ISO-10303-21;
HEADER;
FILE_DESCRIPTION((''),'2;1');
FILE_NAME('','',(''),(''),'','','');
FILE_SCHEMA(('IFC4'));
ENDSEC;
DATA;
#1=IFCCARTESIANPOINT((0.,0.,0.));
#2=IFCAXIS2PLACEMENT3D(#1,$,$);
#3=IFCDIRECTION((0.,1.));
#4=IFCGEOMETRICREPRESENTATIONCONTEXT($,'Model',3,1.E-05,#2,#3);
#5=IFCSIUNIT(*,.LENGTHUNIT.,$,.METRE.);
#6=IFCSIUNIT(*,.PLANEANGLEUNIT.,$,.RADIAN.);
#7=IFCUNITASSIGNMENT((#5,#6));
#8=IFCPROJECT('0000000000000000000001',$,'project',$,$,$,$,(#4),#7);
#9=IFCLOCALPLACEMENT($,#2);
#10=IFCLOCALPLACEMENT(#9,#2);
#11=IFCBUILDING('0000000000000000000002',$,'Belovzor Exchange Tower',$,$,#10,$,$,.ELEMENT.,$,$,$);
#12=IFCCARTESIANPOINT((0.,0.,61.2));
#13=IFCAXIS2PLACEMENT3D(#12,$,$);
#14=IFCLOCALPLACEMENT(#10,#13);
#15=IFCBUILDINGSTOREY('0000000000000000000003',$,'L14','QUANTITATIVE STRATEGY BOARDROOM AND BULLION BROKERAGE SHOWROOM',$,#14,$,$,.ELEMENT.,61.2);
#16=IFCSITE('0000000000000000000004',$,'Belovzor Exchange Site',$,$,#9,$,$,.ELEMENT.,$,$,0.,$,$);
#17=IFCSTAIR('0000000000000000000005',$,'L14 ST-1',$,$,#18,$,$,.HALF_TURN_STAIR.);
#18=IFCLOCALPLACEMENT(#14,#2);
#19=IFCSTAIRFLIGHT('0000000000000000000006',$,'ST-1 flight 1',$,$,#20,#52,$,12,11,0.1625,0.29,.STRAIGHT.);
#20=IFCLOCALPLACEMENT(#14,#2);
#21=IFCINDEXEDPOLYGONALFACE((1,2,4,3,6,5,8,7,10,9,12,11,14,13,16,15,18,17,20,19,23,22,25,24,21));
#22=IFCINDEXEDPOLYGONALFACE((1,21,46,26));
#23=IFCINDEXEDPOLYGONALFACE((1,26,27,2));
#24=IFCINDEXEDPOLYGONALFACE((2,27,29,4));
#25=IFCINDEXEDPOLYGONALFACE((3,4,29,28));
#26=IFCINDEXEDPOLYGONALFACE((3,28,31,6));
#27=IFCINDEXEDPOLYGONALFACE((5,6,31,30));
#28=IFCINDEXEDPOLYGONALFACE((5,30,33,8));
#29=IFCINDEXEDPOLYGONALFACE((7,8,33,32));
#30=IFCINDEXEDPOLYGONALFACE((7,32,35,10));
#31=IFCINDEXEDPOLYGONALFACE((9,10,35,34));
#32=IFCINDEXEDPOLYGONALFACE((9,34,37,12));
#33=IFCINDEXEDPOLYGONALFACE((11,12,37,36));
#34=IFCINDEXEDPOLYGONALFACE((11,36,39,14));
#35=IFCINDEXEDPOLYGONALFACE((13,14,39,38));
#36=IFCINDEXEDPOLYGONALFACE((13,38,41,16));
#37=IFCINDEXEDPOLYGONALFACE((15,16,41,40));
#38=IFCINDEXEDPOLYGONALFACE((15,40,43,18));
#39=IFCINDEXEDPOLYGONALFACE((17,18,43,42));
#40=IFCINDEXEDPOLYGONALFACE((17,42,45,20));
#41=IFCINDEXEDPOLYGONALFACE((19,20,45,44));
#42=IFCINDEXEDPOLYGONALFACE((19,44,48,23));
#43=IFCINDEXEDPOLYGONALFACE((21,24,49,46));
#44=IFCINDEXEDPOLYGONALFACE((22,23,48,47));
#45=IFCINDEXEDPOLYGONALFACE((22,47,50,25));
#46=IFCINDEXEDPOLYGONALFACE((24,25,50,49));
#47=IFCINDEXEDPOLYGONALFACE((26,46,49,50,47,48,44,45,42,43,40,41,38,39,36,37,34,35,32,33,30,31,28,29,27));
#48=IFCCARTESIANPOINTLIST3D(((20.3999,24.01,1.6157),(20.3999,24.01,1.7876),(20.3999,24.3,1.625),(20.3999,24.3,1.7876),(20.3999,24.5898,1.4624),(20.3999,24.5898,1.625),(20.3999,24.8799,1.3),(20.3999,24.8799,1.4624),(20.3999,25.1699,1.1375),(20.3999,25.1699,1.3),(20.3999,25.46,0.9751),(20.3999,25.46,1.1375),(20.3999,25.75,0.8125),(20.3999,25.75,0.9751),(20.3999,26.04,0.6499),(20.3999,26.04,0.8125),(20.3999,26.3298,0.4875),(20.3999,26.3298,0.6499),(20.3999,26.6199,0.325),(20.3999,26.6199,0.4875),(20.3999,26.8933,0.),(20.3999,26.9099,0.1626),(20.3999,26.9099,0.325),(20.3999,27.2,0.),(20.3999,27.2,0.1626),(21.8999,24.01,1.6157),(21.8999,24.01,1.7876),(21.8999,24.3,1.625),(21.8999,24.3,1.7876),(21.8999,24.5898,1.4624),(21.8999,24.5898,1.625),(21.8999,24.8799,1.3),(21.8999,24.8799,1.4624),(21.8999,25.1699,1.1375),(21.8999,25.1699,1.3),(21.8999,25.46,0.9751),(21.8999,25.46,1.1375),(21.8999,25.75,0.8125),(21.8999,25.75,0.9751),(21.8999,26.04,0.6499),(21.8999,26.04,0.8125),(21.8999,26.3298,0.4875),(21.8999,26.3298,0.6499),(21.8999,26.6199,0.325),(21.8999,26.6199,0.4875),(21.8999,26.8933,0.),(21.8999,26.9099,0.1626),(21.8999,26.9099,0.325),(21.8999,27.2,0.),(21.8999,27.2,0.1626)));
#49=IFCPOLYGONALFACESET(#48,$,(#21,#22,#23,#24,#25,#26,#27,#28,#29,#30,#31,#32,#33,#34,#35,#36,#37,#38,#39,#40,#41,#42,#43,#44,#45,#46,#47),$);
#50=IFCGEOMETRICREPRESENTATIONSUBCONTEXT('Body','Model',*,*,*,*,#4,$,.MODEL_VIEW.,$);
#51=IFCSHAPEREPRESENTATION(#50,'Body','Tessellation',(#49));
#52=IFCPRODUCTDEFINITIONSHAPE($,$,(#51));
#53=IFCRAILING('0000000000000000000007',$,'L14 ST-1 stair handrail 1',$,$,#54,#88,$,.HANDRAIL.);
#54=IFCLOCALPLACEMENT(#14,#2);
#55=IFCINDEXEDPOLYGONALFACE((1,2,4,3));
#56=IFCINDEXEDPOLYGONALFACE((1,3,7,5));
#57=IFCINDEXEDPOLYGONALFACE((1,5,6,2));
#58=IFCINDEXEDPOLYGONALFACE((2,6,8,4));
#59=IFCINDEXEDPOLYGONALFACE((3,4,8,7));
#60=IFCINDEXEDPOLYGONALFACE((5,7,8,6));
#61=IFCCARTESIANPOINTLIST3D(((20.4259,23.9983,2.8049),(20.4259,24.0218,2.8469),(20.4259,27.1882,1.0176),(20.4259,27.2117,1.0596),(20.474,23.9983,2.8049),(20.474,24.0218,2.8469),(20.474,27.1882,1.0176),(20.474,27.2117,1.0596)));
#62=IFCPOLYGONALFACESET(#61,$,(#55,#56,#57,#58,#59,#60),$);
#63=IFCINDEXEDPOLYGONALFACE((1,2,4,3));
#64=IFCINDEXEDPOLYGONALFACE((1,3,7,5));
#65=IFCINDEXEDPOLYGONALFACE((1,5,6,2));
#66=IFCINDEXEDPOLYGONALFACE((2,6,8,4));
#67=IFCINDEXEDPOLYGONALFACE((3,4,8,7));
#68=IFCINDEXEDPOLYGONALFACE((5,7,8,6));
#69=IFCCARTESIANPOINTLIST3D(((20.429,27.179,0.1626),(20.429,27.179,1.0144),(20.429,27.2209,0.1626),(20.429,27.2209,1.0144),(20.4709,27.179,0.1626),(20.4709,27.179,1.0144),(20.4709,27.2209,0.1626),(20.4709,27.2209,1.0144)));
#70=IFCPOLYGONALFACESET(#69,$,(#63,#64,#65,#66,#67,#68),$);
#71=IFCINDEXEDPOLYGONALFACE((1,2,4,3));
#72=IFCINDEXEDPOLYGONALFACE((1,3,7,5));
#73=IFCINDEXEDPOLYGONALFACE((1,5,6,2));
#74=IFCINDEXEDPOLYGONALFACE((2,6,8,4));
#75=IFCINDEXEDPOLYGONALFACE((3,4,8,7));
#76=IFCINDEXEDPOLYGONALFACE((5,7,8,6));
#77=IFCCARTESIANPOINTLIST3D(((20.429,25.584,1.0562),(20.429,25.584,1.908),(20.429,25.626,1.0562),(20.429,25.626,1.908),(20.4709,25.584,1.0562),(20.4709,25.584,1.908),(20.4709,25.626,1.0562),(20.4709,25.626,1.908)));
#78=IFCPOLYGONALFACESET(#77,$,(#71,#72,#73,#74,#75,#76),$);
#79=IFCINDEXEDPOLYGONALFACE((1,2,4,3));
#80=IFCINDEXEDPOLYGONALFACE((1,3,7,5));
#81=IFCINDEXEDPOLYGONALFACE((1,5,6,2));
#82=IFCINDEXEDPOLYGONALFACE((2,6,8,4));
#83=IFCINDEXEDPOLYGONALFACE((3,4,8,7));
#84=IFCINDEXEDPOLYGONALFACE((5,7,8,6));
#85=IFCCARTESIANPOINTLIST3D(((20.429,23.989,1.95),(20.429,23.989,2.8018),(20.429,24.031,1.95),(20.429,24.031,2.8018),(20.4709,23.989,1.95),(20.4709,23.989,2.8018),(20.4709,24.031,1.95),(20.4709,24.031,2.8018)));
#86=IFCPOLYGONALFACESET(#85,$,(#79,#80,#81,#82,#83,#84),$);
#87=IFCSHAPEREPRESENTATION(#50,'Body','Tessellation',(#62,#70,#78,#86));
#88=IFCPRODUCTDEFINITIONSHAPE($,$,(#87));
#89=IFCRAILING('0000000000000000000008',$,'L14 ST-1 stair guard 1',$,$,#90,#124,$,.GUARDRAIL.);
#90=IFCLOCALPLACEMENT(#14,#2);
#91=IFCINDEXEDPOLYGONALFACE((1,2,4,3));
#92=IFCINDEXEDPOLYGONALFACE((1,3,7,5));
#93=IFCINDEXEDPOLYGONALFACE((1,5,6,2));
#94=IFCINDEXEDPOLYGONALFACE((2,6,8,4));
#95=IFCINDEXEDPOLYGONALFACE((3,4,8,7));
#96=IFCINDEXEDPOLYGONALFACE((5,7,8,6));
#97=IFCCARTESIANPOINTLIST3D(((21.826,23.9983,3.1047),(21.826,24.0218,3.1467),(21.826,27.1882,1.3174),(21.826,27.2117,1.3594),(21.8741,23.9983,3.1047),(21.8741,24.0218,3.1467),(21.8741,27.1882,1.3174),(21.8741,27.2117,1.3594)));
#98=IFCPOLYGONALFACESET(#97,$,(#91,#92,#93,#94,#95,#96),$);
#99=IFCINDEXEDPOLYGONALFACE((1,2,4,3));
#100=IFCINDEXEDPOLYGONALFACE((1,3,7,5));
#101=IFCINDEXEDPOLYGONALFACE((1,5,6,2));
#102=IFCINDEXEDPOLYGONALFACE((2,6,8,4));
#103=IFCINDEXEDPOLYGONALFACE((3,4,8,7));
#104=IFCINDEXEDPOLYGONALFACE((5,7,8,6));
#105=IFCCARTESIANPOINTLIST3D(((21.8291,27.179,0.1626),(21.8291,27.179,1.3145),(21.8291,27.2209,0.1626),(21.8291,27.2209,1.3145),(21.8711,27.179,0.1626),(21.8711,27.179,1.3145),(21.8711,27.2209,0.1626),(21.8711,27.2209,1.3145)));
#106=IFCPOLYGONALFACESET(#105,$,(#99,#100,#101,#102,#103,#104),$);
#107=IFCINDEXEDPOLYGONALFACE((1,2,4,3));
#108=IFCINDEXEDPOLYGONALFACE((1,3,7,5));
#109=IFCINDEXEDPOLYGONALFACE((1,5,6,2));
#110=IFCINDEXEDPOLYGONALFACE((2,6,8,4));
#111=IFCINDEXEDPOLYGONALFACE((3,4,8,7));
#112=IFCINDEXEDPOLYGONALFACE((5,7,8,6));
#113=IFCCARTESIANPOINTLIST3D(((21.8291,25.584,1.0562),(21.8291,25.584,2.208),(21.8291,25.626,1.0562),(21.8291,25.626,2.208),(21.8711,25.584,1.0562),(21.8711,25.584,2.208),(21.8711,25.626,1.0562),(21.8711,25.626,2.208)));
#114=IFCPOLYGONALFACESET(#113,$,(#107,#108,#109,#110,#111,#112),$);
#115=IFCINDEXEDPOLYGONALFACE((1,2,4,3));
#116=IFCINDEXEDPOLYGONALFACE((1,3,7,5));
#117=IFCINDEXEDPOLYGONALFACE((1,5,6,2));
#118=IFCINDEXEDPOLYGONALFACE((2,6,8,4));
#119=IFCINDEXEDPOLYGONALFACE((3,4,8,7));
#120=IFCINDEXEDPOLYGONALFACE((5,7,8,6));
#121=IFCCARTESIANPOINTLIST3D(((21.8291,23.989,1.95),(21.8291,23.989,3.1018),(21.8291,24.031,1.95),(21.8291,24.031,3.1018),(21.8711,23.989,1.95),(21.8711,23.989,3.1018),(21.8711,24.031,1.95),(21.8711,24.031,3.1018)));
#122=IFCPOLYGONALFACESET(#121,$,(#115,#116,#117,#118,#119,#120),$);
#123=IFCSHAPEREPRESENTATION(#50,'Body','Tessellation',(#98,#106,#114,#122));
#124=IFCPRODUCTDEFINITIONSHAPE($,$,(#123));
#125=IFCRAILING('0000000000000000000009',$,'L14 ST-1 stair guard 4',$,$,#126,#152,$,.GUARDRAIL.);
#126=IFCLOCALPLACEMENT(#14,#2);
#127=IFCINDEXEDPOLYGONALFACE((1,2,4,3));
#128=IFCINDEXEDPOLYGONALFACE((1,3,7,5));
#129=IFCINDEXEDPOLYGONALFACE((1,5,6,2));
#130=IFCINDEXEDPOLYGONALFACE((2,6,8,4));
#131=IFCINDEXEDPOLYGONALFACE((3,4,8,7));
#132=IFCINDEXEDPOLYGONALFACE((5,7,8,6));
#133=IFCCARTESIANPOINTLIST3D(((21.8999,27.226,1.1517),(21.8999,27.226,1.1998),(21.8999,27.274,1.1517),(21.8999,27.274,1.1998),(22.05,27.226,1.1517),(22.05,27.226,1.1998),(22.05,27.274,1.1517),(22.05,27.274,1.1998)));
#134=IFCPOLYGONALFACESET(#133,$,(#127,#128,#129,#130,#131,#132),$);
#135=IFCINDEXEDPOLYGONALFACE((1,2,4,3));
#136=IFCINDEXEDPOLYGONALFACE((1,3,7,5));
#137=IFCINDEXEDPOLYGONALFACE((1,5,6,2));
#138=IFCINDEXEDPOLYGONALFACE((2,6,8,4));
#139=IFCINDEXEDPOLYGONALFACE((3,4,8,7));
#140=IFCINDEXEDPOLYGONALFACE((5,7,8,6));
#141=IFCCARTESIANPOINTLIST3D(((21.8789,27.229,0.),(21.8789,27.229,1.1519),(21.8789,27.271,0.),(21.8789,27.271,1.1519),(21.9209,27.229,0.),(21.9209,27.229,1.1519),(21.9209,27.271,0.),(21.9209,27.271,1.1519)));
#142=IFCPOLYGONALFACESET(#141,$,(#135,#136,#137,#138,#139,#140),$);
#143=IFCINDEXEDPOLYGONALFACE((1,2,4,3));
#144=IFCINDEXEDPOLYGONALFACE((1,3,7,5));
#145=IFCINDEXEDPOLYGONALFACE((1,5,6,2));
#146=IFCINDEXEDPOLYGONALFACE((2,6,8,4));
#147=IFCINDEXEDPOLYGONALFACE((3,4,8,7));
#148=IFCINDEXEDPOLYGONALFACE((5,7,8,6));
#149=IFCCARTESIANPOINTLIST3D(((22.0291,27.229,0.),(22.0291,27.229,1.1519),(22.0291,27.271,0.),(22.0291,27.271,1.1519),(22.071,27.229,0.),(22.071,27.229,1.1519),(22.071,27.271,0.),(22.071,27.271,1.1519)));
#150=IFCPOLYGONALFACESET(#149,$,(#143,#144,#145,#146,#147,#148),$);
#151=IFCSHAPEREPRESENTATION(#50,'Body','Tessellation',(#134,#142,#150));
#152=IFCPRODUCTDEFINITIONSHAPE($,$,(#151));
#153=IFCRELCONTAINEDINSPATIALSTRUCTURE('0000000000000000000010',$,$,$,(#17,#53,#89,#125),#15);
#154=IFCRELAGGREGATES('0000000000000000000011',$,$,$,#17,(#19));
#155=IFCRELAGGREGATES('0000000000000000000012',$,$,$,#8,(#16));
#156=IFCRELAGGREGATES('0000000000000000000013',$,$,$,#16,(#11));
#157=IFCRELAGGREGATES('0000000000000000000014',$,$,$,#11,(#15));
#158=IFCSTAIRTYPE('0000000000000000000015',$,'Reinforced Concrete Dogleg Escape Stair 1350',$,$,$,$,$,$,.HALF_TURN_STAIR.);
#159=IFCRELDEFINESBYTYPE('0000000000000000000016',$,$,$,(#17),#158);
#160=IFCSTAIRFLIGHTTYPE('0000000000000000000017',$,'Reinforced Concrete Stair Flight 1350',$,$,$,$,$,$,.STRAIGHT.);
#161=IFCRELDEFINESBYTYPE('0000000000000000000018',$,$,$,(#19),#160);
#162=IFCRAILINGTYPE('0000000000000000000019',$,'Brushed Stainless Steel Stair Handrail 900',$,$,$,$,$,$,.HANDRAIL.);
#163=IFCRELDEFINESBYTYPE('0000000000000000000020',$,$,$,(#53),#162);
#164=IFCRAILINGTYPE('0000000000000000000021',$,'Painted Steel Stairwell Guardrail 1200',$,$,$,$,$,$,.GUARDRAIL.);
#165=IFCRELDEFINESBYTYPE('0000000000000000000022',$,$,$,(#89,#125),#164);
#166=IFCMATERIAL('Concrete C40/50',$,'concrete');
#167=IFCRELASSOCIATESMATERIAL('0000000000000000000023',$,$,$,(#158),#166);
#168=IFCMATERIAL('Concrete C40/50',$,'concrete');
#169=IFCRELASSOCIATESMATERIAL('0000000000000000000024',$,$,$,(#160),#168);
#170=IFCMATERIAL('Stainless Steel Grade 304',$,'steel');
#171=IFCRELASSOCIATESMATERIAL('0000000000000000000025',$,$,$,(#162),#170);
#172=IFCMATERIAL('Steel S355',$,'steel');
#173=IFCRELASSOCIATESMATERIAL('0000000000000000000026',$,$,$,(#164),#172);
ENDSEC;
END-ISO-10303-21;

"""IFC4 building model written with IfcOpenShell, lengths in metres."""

from ifc_helpers import new_model, si_unit, direction, frame, origin, origin_2d, place, context, subcontext, project, spatial, polyline, rectangle, outline, extrude, material, type_object, element, aggregate, save


model = new_model("IFC4")

# Units and contexts
model_context = context("Model", 3, precision=1e-05, world=origin(), true_north=direction((0.0, 1.0)))
body_context = subcontext(model_context, "Body", "Model", "MODEL_VIEW")
ifc_project = project(units=[si_unit("LENGTHUNIT", "METRE"), si_unit("PLANEANGLEUNIT", "RADIAN")], contexts=[model_context])

# Site, building, storey
site_placement = place(None, origin())
site = spatial("IfcSite", under=ifc_project, at=site_placement, Name="Belovzor Exchange Site", CompositionType="ELEMENT", RefElevation=0.0)
building_placement = place(site_placement, origin())
building = spatial("IfcBuilding", under=site, at=building_placement, Name="Belovzor Exchange Tower", CompositionType="ELEMENT")
storey_placement = place(building_placement, frame((0.0, 0.0, 61.2)))
storey = spatial("IfcBuildingStorey", under=building, at=storey_placement, Name="L14", Description="QUANTITATIVE STRATEGY BOARDROOM AND BULLION BROKERAGE SHOWROOM", CompositionType="ELEMENT", Elevation=61.2)

# Stair, stair flight
ifc_material_1 = material(Name="Concrete C40/50", Category="concrete")
stair_type = type_object("IfcStairType", Name="Reinforced Concrete Dogleg Escape Stair 1350", PredefinedType="HALF_TURN_STAIR", material=ifc_material_1)
stair_placement = place(storey_placement, origin())
stair = element("IfcStair", 1, at=stair_placement, inside=storey, type_object=stair_type, Name="L14 ST-1", PredefinedType="HALF_TURN_STAIR")
ifc_material_2 = material(Name="Concrete C40/50", Category="concrete")
stair_flight_type = type_object("IfcStairFlightType", Name="Reinforced Concrete Stair Flight 1350", PredefinedType="STRAIGHT", material=ifc_material_2)
stair_flight_placement = place(storey_placement, frame((21.1499, 27.2, 0.0), z_axis=(0.0, 0.0, 1.0), x_axis=(0.0, -1.0, 0.0)))
stair_flight = element("IfcStairFlight", 2, at=stair_flight_placement, type_object=stair_flight_type, Name="ST-1 flight 1", NumberOfRisers=12, NumberOfTreads=11, PredefinedType="STRAIGHT", RiserHeight=0.1625, TreadLength=0.29, context=body_context, shape_type="SweptSolid", body=[
    extrude(outline(polyline([(0.0, 0.0), (0.0, 0.1626), (0.29, 0.1626), (0.29, 0.325), (0.5801, 0.325), (0.5801, 0.4875), (0.8701, 0.4875), (0.8701, 0.6499), (1.1599, 0.6499), (1.1599, 0.8125), (1.45, 0.8125), (1.45, 0.9751), (1.74, 0.9751), (1.74, 1.1375), (2.03, 1.1375), (2.03, 1.3), (2.3201, 1.3), (2.3201, 1.4624), (2.6101, 1.4624), (2.6101, 1.625), (2.8999, 1.625), (2.8999, 1.7876), (3.1899, 1.7876), (3.1899, 1.95), (3.1899, 1.6157), (0.3066, 0.0), (0.0, 0.0)])), frame((0.0, 0.75, 0.0), z_axis=(0.0, -1.0, 0.0), x_axis=(1.0, 0.0, 0.0)), (0.0, 0.0, 1.0), 1.5),
])
aggregate(stair, [stair_flight])

# Railings
ifc_material_3 = material(Name="Stainless Steel Grade 304", Category="steel")
railing_type_1 = type_object("IfcRailingType", Name="Brushed Stainless Steel Stair Handrail 900", PredefinedType="HANDRAIL", material=ifc_material_3)
railing_1_placement = place(storey_placement, frame((20.45, 27.2, 0.1626)))
element("IfcRailing", 3, at=railing_1_placement, inside=storey, type_object=railing_type_1, Name="L14 ST-1 stair handrail 1", PredefinedType="HANDRAIL", context=body_context, shape_type="SweptSolid", body=[
    extrude(rectangle(XDim=0.0481, YDim=0.0481, at=origin_2d()), frame((0.0, 0.0, 0.876), z_axis=(0.0, -0.872391, 0.488809), x_axis=(1.0, 0.0, 0.0)), (0.0, 0.0, 1.0), 3.6565),
    extrude(rectangle(XDim=0.042, YDim=0.042, at=origin_2d()), origin(), (0.0, 0.0, 1.0), 0.8518),
    extrude(rectangle(XDim=0.042, YDim=0.042, at=origin_2d()), frame((0.0, -1.595, 0.8936)), (0.0, 0.0, 1.0), 0.8518),
    extrude(rectangle(XDim=0.042, YDim=0.042, at=origin_2d()), frame((0.0, -3.1899, 1.7874)), (0.0, 0.0, 1.0), 0.8518),
])
ifc_material_4 = material(Name="Steel S355", Category="steel")
railing_type_2 = type_object("IfcRailingType", Name="Painted Steel Stairwell Guardrail 1200", PredefinedType="GUARDRAIL", material=ifc_material_4)
railing_2_placement = place(storey_placement, frame((21.8501, 27.2, 0.1626)))
element("IfcRailing", 4, at=railing_2_placement, inside=storey, type_object=railing_type_2, Name="L14 ST-1 stair guard 1", PredefinedType="GUARDRAIL", context=body_context, shape_type="SweptSolid", body=[
    extrude(rectangle(XDim=0.0481, YDim=0.0481, at=origin_2d()), frame((0.0, 0.0, 1.1758), z_axis=(0.0, -0.872391, 0.488809), x_axis=(1.0, 0.0, 0.0)), (0.0, 0.0, 1.0), 3.6565),
    extrude(rectangle(XDim=0.042, YDim=0.042, at=origin_2d()), origin(), (0.0, 0.0, 1.0), 1.1519),
    extrude(rectangle(XDim=0.042, YDim=0.042, at=origin_2d()), frame((0.0, -1.595, 0.8936)), (0.0, 0.0, 1.0), 1.1519),
    extrude(rectangle(XDim=0.042, YDim=0.042, at=origin_2d()), frame((0.0, -3.1899, 1.7874)), (0.0, 0.0, 1.0), 1.1519),
])
railing_3_placement = place(storey_placement, frame((21.8999, 27.25, 0.0)))
element("IfcRailing", 5, at=railing_3_placement, inside=storey, type_object=railing_type_2, Name="L14 ST-1 stair guard 4", PredefinedType="GUARDRAIL", context=body_context, shape_type="SweptSolid", body=[
    extrude(rectangle(XDim=0.0481, YDim=0.0481, at=origin_2d()), frame((0.0, 0.0, 1.1758), z_axis=(1.0, 0.0, 0.0), x_axis=(0.0, 1.0, 0.0)), (0.0, 0.0, 1.0), 0.1501),
    extrude(rectangle(XDim=0.042, YDim=0.042, at=origin_2d()), origin(), (0.0, 0.0, 1.0), 1.1519),
    extrude(rectangle(XDim=0.042, YDim=0.042, at=origin_2d()), frame((0.1501, 0.0, 0.0)), (0.0, 0.0, 1.0), 1.1519),
])

save(model, "model.ifc")
